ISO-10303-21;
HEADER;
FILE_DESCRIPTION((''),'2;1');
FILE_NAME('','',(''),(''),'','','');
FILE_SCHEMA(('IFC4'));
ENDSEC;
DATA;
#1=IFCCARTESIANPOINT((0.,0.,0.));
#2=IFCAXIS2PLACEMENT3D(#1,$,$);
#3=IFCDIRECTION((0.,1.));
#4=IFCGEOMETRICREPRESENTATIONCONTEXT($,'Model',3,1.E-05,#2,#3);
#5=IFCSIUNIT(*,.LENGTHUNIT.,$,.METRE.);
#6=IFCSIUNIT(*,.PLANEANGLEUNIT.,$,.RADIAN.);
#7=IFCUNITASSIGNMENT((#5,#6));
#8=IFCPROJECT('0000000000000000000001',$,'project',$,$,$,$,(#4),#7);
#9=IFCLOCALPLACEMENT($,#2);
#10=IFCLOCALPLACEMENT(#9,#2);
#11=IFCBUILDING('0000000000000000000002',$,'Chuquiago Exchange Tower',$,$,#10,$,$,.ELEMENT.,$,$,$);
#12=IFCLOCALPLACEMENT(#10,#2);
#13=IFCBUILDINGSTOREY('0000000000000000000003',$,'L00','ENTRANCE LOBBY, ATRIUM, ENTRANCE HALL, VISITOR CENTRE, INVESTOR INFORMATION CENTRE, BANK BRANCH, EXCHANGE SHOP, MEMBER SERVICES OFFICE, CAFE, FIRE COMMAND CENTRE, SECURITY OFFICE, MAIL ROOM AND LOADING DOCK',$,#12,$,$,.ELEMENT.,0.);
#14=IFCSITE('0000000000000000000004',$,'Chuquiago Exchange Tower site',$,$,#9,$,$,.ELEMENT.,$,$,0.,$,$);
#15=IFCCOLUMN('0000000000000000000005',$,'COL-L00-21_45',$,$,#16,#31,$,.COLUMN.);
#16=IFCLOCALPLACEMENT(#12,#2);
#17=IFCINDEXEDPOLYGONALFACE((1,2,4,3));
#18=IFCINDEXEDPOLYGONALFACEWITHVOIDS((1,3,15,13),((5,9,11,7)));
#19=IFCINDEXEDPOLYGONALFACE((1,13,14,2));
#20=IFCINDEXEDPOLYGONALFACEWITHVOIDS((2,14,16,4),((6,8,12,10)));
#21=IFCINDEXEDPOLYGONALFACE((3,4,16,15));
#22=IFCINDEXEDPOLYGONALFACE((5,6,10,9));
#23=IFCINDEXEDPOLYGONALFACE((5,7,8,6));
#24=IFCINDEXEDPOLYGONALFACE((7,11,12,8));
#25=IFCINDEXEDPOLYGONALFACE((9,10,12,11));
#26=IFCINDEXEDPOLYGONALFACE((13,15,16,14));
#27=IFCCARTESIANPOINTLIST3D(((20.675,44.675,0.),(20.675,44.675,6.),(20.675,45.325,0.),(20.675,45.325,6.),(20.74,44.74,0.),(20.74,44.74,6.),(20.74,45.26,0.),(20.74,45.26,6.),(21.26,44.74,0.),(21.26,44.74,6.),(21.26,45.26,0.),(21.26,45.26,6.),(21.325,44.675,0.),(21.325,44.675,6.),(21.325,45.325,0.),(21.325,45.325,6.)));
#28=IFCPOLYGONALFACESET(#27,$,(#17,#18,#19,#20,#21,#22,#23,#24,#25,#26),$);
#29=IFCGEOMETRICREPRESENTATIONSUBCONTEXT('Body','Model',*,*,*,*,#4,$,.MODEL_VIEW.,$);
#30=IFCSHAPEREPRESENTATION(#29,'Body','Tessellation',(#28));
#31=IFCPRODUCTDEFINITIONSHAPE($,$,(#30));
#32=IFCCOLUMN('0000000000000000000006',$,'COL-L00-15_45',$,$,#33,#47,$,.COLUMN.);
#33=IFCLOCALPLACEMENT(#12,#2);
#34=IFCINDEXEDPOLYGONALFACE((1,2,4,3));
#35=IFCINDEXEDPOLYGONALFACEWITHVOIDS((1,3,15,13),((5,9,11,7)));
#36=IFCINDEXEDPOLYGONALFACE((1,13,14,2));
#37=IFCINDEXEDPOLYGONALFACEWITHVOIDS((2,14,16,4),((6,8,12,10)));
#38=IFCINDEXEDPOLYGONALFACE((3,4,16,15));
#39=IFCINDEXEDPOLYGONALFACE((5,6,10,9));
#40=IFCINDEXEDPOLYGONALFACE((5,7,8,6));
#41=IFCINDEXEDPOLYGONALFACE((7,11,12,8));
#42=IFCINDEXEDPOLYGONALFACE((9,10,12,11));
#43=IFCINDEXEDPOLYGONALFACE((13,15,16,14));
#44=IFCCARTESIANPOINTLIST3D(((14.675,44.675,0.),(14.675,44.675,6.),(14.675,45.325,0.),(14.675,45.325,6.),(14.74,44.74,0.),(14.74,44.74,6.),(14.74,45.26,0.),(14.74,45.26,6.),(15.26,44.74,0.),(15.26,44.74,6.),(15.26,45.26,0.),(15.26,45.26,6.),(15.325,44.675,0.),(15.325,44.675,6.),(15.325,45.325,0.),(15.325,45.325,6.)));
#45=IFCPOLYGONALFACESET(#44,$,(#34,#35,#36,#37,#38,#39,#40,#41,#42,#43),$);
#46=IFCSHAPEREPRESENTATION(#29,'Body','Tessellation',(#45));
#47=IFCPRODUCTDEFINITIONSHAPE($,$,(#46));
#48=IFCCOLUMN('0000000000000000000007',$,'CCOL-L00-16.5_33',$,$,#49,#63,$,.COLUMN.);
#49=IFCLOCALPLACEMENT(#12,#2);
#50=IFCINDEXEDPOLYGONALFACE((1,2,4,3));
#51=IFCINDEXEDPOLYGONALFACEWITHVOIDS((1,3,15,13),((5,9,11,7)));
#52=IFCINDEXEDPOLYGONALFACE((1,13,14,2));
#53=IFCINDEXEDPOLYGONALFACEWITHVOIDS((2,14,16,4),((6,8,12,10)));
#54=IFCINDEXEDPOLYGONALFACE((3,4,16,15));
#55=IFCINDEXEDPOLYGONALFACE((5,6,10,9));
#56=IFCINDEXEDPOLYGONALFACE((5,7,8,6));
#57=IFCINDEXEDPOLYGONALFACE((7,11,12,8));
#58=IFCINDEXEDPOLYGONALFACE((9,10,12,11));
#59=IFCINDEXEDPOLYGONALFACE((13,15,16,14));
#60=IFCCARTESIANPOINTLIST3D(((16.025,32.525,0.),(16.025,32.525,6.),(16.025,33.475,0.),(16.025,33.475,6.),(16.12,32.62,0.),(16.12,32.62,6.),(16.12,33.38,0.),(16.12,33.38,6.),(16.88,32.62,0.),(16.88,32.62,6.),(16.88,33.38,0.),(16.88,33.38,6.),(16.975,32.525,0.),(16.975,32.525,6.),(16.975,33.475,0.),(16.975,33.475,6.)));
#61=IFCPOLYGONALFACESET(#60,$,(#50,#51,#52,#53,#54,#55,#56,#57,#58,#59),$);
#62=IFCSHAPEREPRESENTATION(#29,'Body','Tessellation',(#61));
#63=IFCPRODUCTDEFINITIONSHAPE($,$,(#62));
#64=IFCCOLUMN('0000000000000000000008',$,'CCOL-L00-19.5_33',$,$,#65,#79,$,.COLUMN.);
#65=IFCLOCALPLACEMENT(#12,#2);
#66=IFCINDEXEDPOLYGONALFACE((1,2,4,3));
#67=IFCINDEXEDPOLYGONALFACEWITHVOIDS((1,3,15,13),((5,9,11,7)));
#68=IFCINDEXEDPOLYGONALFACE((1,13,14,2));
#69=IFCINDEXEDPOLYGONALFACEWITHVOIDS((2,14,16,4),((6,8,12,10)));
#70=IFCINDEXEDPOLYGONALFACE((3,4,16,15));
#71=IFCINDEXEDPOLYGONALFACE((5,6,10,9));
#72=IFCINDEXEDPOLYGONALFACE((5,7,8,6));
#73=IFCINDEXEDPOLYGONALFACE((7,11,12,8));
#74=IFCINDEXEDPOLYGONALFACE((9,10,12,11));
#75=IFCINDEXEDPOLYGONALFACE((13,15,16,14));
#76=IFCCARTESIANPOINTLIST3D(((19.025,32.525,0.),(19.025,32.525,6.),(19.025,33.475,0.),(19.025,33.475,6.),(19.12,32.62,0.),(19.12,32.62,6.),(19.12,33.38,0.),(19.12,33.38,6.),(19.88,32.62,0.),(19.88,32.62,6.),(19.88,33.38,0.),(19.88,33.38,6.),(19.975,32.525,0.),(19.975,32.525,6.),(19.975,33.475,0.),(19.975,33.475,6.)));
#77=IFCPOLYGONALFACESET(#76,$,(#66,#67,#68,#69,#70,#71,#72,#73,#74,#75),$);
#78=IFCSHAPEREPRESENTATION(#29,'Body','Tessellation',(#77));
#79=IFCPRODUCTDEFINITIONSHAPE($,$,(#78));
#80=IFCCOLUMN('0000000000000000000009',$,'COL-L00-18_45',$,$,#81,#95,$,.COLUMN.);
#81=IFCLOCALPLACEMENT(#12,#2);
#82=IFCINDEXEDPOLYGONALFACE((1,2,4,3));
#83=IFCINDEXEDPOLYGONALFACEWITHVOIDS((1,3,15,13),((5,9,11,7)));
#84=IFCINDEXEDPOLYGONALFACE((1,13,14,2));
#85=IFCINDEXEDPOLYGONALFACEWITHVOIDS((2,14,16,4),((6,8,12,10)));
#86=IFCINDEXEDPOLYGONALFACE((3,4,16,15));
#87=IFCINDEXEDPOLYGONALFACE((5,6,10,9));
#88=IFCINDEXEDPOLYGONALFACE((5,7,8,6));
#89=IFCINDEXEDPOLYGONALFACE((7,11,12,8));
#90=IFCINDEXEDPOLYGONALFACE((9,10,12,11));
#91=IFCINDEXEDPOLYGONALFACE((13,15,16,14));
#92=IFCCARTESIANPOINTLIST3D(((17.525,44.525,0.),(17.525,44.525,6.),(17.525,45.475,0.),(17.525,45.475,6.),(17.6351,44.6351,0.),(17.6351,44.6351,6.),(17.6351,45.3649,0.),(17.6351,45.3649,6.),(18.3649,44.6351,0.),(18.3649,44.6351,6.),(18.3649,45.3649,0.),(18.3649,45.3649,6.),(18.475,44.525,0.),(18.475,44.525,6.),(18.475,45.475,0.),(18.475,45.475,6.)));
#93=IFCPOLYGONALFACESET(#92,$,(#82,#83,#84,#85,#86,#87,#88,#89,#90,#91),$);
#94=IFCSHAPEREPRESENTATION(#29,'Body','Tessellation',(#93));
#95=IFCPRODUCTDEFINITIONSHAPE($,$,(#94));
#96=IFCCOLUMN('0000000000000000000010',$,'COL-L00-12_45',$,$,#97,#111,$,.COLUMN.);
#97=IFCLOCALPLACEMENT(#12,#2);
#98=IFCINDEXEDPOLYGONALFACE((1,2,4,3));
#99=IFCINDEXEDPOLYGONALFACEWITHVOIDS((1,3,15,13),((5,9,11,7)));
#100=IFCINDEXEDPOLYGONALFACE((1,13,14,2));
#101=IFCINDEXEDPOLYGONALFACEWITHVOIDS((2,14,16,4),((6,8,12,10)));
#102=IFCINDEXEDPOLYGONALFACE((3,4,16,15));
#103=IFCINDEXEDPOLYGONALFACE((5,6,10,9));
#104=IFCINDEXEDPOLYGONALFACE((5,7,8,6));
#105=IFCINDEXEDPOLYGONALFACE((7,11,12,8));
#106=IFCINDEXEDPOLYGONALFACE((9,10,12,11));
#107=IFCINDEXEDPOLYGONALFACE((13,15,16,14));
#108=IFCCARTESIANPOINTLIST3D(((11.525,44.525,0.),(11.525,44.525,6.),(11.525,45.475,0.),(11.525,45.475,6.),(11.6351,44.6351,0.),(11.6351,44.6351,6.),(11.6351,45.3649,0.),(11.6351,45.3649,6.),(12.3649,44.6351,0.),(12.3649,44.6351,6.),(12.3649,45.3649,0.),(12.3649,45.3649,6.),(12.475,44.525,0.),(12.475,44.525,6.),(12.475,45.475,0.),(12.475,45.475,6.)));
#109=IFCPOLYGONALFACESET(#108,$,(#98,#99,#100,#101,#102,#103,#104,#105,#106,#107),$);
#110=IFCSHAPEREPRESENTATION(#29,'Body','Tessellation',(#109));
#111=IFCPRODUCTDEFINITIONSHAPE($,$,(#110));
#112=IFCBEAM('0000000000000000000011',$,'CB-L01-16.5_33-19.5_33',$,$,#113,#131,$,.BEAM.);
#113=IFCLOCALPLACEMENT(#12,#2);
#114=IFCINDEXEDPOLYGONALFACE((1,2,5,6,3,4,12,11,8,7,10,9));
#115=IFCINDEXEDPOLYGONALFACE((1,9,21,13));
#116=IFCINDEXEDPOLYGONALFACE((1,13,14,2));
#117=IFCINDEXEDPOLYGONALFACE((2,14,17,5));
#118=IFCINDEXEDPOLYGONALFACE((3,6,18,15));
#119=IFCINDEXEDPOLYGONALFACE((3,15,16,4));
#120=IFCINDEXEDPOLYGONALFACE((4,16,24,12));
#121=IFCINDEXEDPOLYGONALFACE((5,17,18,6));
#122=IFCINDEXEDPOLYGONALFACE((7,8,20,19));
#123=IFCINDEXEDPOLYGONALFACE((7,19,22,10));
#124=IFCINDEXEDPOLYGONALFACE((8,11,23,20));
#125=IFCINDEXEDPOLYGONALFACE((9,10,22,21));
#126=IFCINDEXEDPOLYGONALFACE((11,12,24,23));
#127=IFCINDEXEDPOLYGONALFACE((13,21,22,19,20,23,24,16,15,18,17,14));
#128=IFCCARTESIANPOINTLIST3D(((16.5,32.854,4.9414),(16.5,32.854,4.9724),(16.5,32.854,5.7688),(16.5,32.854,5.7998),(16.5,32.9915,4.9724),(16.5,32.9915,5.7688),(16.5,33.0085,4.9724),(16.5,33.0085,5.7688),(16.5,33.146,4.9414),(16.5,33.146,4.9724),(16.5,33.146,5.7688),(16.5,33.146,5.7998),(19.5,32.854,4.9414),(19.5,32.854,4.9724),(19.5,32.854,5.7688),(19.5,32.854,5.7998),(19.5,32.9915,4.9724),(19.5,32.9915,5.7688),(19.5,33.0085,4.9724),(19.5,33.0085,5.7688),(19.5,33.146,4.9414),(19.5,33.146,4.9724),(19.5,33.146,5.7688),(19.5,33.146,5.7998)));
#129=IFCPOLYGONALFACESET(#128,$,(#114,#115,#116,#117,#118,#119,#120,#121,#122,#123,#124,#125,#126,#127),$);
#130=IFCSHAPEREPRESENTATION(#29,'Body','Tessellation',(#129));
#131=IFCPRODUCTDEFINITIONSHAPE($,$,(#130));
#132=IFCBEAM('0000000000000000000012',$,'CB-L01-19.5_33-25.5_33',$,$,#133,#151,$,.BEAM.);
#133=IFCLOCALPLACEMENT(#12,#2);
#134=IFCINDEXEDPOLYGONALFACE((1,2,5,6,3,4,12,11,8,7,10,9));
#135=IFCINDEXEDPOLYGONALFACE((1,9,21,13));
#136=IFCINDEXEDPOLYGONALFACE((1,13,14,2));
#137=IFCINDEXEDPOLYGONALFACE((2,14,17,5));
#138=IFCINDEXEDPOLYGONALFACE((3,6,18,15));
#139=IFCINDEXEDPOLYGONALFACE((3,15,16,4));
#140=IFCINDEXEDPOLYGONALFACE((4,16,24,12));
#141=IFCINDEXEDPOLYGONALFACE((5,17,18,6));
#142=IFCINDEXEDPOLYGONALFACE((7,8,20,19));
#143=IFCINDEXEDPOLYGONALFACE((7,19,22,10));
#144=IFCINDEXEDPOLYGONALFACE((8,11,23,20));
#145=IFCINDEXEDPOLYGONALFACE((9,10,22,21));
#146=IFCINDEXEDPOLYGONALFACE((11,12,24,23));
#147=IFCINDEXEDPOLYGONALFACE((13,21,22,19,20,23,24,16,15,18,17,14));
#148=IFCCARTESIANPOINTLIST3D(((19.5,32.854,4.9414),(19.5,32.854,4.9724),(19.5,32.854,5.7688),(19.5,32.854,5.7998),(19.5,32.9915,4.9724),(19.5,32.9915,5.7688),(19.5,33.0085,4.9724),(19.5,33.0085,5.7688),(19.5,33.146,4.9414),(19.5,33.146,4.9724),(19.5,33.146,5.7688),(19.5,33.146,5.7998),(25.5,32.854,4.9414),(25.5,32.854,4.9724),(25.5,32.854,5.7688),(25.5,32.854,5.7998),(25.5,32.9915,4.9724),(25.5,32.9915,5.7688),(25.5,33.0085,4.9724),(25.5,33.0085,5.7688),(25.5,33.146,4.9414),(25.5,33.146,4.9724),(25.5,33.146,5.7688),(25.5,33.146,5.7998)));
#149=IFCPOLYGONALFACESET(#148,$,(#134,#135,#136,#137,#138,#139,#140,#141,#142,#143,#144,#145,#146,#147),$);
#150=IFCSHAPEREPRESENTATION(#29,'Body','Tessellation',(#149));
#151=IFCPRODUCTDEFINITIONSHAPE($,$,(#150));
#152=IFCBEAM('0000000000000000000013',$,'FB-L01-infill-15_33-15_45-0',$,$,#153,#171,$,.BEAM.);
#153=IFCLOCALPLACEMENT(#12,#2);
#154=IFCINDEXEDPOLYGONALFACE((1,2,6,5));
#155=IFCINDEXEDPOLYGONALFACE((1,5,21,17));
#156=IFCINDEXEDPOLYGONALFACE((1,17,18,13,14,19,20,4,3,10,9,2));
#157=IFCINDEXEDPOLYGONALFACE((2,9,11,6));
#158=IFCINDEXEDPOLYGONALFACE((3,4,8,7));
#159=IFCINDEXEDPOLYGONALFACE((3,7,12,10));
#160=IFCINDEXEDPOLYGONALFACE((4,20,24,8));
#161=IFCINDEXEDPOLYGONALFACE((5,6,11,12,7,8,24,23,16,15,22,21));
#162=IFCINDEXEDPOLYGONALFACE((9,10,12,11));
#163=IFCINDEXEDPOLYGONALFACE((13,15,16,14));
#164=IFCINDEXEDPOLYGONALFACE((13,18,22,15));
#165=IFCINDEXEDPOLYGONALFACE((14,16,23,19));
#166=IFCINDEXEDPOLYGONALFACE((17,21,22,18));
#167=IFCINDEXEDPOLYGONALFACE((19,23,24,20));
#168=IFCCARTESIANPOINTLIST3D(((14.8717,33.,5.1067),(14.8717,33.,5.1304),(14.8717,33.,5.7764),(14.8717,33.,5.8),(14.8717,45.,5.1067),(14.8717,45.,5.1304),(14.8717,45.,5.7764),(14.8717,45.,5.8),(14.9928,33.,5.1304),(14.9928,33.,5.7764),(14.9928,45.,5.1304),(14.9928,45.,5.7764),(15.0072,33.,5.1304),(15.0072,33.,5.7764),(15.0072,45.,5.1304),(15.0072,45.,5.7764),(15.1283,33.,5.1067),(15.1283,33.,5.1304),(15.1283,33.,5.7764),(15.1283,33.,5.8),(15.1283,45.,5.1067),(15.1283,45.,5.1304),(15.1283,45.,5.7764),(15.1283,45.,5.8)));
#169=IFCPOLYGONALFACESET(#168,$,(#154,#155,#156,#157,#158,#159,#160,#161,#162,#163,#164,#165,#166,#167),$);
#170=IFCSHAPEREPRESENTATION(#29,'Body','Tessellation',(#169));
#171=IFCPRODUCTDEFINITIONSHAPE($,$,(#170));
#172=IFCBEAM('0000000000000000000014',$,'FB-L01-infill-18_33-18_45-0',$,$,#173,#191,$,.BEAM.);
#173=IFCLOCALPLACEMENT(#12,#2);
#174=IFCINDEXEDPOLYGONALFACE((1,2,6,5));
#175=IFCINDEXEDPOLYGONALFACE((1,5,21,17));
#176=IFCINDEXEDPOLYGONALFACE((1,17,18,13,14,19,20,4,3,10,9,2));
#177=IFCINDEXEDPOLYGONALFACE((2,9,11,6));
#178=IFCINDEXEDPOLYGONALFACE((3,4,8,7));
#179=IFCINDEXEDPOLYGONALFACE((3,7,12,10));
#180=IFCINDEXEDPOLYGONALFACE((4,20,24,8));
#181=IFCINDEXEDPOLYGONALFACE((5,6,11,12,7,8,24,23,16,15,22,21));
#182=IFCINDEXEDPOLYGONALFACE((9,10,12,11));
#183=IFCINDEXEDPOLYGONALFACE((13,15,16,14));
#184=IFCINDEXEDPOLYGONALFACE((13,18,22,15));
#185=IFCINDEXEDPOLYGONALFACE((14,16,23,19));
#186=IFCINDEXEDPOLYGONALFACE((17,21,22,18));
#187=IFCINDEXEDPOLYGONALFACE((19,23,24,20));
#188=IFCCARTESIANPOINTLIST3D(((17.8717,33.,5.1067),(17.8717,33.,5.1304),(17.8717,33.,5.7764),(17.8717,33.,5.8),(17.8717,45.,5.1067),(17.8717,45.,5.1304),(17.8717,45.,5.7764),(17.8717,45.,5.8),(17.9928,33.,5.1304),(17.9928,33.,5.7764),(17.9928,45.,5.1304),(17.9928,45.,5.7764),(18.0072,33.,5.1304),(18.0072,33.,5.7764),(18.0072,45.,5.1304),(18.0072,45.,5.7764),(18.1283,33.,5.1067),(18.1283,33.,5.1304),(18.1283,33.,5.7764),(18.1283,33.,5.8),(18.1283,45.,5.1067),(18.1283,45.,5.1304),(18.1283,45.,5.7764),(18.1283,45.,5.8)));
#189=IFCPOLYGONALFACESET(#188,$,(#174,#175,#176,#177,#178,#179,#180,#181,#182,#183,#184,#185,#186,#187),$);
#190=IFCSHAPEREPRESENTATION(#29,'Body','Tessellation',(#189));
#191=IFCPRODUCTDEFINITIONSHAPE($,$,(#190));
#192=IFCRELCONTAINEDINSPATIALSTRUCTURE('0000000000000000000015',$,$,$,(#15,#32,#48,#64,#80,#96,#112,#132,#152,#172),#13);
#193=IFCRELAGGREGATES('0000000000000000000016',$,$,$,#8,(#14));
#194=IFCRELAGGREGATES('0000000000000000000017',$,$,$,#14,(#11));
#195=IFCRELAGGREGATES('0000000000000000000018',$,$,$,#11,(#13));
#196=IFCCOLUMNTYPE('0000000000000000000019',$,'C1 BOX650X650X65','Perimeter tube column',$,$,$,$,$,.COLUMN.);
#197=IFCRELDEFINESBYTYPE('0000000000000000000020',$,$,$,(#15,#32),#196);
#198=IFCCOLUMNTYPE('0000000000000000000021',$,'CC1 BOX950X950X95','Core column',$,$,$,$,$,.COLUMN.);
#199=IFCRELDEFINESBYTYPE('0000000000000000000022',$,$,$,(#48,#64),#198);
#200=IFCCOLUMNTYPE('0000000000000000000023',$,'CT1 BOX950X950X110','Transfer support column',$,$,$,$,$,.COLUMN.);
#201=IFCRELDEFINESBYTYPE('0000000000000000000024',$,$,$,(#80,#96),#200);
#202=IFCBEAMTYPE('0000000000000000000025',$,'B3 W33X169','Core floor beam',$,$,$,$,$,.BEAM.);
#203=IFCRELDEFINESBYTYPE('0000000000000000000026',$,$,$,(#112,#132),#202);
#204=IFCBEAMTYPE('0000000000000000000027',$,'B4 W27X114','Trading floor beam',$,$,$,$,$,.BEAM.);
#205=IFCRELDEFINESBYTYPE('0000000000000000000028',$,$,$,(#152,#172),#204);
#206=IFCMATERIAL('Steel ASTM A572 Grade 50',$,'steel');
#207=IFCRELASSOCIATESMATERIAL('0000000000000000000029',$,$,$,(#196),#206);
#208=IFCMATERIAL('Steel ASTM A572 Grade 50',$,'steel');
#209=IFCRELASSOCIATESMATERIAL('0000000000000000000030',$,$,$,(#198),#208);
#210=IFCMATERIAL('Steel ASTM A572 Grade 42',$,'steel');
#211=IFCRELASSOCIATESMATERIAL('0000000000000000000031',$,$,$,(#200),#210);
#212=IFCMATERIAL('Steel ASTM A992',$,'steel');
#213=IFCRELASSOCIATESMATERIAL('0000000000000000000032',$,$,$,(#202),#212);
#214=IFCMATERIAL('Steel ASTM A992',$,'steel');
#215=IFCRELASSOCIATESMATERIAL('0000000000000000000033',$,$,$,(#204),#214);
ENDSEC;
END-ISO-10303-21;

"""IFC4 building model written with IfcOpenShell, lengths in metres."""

from ifc_helpers import new_model, si_unit, direction, frame, origin, origin_2d, place, context, subcontext, project, spatial, hollow_rectangle, i_section, extrude, material, material_profile, profile_set, type_object, element, save


model = new_model("IFC4")

# Units and contexts
model_context = context("Model", 3, precision=1e-05, world=origin(), true_north=direction((0.0, 1.0)))
body_context = subcontext(model_context, "Body", "Model", "MODEL_VIEW")
ifc_project = project(units=[si_unit("LENGTHUNIT", "METRE"), si_unit("PLANEANGLEUNIT", "RADIAN")], contexts=[model_context])

# Site, building, storey
site_placement = place(None, origin())
site = spatial("IfcSite", under=ifc_project, at=site_placement, Name="Chuquiago Exchange Tower site", CompositionType="ELEMENT", RefElevation=0.0)
building_placement = place(site_placement, origin())
building = spatial("IfcBuilding", under=site, at=building_placement, Name="Chuquiago Exchange Tower", CompositionType="ELEMENT")
storey_placement = place(building_placement, origin())
storey = spatial("IfcBuildingStorey", under=building, at=storey_placement, Name="L00", Description="ENTRANCE LOBBY, ATRIUM, ENTRANCE HALL, VISITOR CENTRE, INVESTOR INFORMATION CENTRE, BANK BRANCH, EXCHANGE SHOP, MEMBER SERVICES OFFICE, CAFE, FIRE COMMAND CENTRE, SECURITY OFFICE, MAIL ROOM AND LOADING DOCK", CompositionType="ELEMENT", Elevation=0.0)

# Columns
ifc_material_1 = material(Name="Steel ASTM A572 Grade 50", Category="steel")
ifc_material_profile_1 = material_profile(ifc_material_1, hollow_rectangle(XDim=0.6499, YDim=0.6499, WallThickness=0.0649, at=origin_2d()), Name="BOX650X650X65")
ifc_profile_set_1 = profile_set([ifc_material_profile_1], Name="Steel ASTM A572 Grade 50")
column_type_1 = type_object("IfcColumnType", Name="C1 BOX650X650X65", Description="Perimeter tube column", PredefinedType="COLUMN", material=ifc_profile_set_1)
for number, where, z_axis, x_axis, name in (
    (1, (21.0, 45.0, 0.0), (0.0, 0.0, 1.0), (0.0, 1.0, 0.0), "COL-L00-21_45"),
    (2, (15.0, 45.0, 0.0), (0.0, 0.0, 1.0), (0.0, 1.0, 0.0), "COL-L00-15_45"),
):
    element("IfcColumn", number, at=place(storey_placement, frame(where, z_axis=z_axis, x_axis=x_axis)), inside=storey, type_object=column_type_1, Name=name, PredefinedType="COLUMN", context=body_context, shape_type="SweptSolid", body=[
        extrude(hollow_rectangle(XDim=0.6499, YDim=0.6499, WallThickness=0.0649, at=origin_2d()), origin(), (0.0, 0.0, 1.0), 6.0),
    ])
ifc_material_2 = material(Name="Steel ASTM A572 Grade 50", Category="steel")
ifc_material_profile_2 = material_profile(ifc_material_2, hollow_rectangle(XDim=0.95, YDim=0.95, WallThickness=0.095, at=origin_2d()), Name="BOX950X950X95")
ifc_profile_set_2 = profile_set([ifc_material_profile_2], Name="Steel ASTM A572 Grade 50")
column_type_2 = type_object("IfcColumnType", Name="CC1 BOX950X950X95", Description="Core column", PredefinedType="COLUMN", material=ifc_profile_set_2)
for number, where, z_axis, x_axis, name in (
    (3, (16.5, 33.0, 0.0), (0.0, 0.0, 1.0), (1.0, 0.0, 0.0), "CCOL-L00-16.5_33"),
    (4, (19.5, 33.0, 0.0), (0.0, 0.0, 1.0), (1.0, 0.0, 0.0), "CCOL-L00-19.5_33"),
):
    element("IfcColumn", number, at=place(storey_placement, frame(where, z_axis=z_axis, x_axis=x_axis)), inside=storey, type_object=column_type_2, Name=name, PredefinedType="COLUMN", context=body_context, shape_type="SweptSolid", body=[
        extrude(hollow_rectangle(XDim=0.95, YDim=0.95, WallThickness=0.095, at=origin_2d()), origin(), (0.0, 0.0, 1.0), 6.0),
    ])
ifc_material_3 = material(Name="Steel ASTM A572 Grade 42", Category="steel")
ifc_material_profile_3 = material_profile(ifc_material_3, hollow_rectangle(XDim=0.95, YDim=0.95, WallThickness=0.1101, at=origin_2d()), Name="BOX950X950X110")
ifc_profile_set_3 = profile_set([ifc_material_profile_3], Name="Steel ASTM A572 Grade 42")
column_type_3 = type_object("IfcColumnType", Name="CT1 BOX950X950X110", Description="Transfer support column", PredefinedType="COLUMN", material=ifc_profile_set_3)
for number, where, z_axis, x_axis, name in (
    (5, (18.0, 45.0, 0.0), (0.0, 0.0, 1.0), (0.0, 1.0, 0.0), "COL-L00-18_45"),
    (6, (12.0, 45.0, 0.0), (0.0, 0.0, 1.0), (0.0, 1.0, 0.0), "COL-L00-12_45"),
):
    element("IfcColumn", number, at=place(storey_placement, frame(where, z_axis=z_axis, x_axis=x_axis)), inside=storey, type_object=column_type_3, Name=name, PredefinedType="COLUMN", context=body_context, shape_type="SweptSolid", body=[
        extrude(hollow_rectangle(XDim=0.95, YDim=0.95, WallThickness=0.1101, at=origin_2d()), origin(), (0.0, 0.0, 1.0), 6.0),
    ])

# Beams
ifc_material_4 = material(Name="Steel ASTM A992", Category="steel")
ifc_material_profile_4 = material_profile(ifc_material_4, i_section(OverallWidth=0.292, OverallDepth=0.8584, WebThickness=0.0171, FlangeThickness=0.031, at=origin_2d()), Name="W33X169")
ifc_profile_set_4 = profile_set([ifc_material_profile_4], Name="Steel ASTM A992")
beam_type_1 = type_object("IfcBeamType", Name="B3 W33X169", Description="Core floor beam", PredefinedType="BEAM", material=ifc_profile_set_4)
beam_1_placement = place(storey_placement, frame((16.5, 33.0, 5.3706), z_axis=(1.0, 0.0, 0.0), x_axis=(0.0, 1.0, 0.0)))
element("IfcBeam", 7, at=beam_1_placement, inside=storey, type_object=beam_type_1, Name="CB-L01-16.5_33-19.5_33", PredefinedType="BEAM", context=body_context, shape_type="SweptSolid", body=[
    extrude(i_section(OverallWidth=0.292, OverallDepth=0.8584, WebThickness=0.0171, FlangeThickness=0.031, at=origin_2d()), origin(), (0.0, 0.0, 1.0), 3.0),
])
beam_2_placement = place(storey_placement, frame((19.5, 33.0, 5.3706), z_axis=(1.0, 0.0, 0.0), x_axis=(0.0, 1.0, 0.0)))
element("IfcBeam", 8, at=beam_2_placement, inside=storey, type_object=beam_type_1, Name="CB-L01-19.5_33-25.5_33", PredefinedType="BEAM", context=body_context, shape_type="SweptSolid", body=[
    extrude(i_section(OverallWidth=0.292, OverallDepth=0.8584, WebThickness=0.0171, FlangeThickness=0.031, at=origin_2d()), origin(), (0.0, 0.0, 1.0), 6.0),
])
ifc_material_5 = material(Name="Steel ASTM A992", Category="steel")
ifc_material_profile_5 = material_profile(ifc_material_5, i_section(OverallWidth=0.2566, OverallDepth=0.6934, WebThickness=0.0144, FlangeThickness=0.0237, at=origin_2d()), Name="W27X114")
ifc_profile_set_5 = profile_set([ifc_material_profile_5], Name="Steel ASTM A992")
beam_type_2 = type_object("IfcBeamType", Name="B4 W27X114", Description="Trading floor beam", PredefinedType="BEAM", material=ifc_profile_set_5)
for number, where, z_axis, x_axis, name in (
    (9, (15.0, 33.0, 5.4534), (0.0, 1.0, 0.0), (-1.0, 0.0, 0.0), "FB-L01-infill-15_33-15_45-0"),
    (10, (18.0, 33.0, 5.4534), (0.0, 1.0, 0.0), (-1.0, 0.0, 0.0), "FB-L01-infill-18_33-18_45-0"),
):
    element("IfcBeam", number, at=place(storey_placement, frame(where, z_axis=z_axis, x_axis=x_axis)), inside=storey, type_object=beam_type_2, Name=name, PredefinedType="BEAM", context=body_context, shape_type="SweptSolid", body=[
        extrude(i_section(OverallWidth=0.2566, OverallDepth=0.6934, WebThickness=0.0144, FlangeThickness=0.0237, at=origin_2d()), origin(), (0.0, 0.0, 1.0), 12.0),
    ])

save(model, "model.ifc")
